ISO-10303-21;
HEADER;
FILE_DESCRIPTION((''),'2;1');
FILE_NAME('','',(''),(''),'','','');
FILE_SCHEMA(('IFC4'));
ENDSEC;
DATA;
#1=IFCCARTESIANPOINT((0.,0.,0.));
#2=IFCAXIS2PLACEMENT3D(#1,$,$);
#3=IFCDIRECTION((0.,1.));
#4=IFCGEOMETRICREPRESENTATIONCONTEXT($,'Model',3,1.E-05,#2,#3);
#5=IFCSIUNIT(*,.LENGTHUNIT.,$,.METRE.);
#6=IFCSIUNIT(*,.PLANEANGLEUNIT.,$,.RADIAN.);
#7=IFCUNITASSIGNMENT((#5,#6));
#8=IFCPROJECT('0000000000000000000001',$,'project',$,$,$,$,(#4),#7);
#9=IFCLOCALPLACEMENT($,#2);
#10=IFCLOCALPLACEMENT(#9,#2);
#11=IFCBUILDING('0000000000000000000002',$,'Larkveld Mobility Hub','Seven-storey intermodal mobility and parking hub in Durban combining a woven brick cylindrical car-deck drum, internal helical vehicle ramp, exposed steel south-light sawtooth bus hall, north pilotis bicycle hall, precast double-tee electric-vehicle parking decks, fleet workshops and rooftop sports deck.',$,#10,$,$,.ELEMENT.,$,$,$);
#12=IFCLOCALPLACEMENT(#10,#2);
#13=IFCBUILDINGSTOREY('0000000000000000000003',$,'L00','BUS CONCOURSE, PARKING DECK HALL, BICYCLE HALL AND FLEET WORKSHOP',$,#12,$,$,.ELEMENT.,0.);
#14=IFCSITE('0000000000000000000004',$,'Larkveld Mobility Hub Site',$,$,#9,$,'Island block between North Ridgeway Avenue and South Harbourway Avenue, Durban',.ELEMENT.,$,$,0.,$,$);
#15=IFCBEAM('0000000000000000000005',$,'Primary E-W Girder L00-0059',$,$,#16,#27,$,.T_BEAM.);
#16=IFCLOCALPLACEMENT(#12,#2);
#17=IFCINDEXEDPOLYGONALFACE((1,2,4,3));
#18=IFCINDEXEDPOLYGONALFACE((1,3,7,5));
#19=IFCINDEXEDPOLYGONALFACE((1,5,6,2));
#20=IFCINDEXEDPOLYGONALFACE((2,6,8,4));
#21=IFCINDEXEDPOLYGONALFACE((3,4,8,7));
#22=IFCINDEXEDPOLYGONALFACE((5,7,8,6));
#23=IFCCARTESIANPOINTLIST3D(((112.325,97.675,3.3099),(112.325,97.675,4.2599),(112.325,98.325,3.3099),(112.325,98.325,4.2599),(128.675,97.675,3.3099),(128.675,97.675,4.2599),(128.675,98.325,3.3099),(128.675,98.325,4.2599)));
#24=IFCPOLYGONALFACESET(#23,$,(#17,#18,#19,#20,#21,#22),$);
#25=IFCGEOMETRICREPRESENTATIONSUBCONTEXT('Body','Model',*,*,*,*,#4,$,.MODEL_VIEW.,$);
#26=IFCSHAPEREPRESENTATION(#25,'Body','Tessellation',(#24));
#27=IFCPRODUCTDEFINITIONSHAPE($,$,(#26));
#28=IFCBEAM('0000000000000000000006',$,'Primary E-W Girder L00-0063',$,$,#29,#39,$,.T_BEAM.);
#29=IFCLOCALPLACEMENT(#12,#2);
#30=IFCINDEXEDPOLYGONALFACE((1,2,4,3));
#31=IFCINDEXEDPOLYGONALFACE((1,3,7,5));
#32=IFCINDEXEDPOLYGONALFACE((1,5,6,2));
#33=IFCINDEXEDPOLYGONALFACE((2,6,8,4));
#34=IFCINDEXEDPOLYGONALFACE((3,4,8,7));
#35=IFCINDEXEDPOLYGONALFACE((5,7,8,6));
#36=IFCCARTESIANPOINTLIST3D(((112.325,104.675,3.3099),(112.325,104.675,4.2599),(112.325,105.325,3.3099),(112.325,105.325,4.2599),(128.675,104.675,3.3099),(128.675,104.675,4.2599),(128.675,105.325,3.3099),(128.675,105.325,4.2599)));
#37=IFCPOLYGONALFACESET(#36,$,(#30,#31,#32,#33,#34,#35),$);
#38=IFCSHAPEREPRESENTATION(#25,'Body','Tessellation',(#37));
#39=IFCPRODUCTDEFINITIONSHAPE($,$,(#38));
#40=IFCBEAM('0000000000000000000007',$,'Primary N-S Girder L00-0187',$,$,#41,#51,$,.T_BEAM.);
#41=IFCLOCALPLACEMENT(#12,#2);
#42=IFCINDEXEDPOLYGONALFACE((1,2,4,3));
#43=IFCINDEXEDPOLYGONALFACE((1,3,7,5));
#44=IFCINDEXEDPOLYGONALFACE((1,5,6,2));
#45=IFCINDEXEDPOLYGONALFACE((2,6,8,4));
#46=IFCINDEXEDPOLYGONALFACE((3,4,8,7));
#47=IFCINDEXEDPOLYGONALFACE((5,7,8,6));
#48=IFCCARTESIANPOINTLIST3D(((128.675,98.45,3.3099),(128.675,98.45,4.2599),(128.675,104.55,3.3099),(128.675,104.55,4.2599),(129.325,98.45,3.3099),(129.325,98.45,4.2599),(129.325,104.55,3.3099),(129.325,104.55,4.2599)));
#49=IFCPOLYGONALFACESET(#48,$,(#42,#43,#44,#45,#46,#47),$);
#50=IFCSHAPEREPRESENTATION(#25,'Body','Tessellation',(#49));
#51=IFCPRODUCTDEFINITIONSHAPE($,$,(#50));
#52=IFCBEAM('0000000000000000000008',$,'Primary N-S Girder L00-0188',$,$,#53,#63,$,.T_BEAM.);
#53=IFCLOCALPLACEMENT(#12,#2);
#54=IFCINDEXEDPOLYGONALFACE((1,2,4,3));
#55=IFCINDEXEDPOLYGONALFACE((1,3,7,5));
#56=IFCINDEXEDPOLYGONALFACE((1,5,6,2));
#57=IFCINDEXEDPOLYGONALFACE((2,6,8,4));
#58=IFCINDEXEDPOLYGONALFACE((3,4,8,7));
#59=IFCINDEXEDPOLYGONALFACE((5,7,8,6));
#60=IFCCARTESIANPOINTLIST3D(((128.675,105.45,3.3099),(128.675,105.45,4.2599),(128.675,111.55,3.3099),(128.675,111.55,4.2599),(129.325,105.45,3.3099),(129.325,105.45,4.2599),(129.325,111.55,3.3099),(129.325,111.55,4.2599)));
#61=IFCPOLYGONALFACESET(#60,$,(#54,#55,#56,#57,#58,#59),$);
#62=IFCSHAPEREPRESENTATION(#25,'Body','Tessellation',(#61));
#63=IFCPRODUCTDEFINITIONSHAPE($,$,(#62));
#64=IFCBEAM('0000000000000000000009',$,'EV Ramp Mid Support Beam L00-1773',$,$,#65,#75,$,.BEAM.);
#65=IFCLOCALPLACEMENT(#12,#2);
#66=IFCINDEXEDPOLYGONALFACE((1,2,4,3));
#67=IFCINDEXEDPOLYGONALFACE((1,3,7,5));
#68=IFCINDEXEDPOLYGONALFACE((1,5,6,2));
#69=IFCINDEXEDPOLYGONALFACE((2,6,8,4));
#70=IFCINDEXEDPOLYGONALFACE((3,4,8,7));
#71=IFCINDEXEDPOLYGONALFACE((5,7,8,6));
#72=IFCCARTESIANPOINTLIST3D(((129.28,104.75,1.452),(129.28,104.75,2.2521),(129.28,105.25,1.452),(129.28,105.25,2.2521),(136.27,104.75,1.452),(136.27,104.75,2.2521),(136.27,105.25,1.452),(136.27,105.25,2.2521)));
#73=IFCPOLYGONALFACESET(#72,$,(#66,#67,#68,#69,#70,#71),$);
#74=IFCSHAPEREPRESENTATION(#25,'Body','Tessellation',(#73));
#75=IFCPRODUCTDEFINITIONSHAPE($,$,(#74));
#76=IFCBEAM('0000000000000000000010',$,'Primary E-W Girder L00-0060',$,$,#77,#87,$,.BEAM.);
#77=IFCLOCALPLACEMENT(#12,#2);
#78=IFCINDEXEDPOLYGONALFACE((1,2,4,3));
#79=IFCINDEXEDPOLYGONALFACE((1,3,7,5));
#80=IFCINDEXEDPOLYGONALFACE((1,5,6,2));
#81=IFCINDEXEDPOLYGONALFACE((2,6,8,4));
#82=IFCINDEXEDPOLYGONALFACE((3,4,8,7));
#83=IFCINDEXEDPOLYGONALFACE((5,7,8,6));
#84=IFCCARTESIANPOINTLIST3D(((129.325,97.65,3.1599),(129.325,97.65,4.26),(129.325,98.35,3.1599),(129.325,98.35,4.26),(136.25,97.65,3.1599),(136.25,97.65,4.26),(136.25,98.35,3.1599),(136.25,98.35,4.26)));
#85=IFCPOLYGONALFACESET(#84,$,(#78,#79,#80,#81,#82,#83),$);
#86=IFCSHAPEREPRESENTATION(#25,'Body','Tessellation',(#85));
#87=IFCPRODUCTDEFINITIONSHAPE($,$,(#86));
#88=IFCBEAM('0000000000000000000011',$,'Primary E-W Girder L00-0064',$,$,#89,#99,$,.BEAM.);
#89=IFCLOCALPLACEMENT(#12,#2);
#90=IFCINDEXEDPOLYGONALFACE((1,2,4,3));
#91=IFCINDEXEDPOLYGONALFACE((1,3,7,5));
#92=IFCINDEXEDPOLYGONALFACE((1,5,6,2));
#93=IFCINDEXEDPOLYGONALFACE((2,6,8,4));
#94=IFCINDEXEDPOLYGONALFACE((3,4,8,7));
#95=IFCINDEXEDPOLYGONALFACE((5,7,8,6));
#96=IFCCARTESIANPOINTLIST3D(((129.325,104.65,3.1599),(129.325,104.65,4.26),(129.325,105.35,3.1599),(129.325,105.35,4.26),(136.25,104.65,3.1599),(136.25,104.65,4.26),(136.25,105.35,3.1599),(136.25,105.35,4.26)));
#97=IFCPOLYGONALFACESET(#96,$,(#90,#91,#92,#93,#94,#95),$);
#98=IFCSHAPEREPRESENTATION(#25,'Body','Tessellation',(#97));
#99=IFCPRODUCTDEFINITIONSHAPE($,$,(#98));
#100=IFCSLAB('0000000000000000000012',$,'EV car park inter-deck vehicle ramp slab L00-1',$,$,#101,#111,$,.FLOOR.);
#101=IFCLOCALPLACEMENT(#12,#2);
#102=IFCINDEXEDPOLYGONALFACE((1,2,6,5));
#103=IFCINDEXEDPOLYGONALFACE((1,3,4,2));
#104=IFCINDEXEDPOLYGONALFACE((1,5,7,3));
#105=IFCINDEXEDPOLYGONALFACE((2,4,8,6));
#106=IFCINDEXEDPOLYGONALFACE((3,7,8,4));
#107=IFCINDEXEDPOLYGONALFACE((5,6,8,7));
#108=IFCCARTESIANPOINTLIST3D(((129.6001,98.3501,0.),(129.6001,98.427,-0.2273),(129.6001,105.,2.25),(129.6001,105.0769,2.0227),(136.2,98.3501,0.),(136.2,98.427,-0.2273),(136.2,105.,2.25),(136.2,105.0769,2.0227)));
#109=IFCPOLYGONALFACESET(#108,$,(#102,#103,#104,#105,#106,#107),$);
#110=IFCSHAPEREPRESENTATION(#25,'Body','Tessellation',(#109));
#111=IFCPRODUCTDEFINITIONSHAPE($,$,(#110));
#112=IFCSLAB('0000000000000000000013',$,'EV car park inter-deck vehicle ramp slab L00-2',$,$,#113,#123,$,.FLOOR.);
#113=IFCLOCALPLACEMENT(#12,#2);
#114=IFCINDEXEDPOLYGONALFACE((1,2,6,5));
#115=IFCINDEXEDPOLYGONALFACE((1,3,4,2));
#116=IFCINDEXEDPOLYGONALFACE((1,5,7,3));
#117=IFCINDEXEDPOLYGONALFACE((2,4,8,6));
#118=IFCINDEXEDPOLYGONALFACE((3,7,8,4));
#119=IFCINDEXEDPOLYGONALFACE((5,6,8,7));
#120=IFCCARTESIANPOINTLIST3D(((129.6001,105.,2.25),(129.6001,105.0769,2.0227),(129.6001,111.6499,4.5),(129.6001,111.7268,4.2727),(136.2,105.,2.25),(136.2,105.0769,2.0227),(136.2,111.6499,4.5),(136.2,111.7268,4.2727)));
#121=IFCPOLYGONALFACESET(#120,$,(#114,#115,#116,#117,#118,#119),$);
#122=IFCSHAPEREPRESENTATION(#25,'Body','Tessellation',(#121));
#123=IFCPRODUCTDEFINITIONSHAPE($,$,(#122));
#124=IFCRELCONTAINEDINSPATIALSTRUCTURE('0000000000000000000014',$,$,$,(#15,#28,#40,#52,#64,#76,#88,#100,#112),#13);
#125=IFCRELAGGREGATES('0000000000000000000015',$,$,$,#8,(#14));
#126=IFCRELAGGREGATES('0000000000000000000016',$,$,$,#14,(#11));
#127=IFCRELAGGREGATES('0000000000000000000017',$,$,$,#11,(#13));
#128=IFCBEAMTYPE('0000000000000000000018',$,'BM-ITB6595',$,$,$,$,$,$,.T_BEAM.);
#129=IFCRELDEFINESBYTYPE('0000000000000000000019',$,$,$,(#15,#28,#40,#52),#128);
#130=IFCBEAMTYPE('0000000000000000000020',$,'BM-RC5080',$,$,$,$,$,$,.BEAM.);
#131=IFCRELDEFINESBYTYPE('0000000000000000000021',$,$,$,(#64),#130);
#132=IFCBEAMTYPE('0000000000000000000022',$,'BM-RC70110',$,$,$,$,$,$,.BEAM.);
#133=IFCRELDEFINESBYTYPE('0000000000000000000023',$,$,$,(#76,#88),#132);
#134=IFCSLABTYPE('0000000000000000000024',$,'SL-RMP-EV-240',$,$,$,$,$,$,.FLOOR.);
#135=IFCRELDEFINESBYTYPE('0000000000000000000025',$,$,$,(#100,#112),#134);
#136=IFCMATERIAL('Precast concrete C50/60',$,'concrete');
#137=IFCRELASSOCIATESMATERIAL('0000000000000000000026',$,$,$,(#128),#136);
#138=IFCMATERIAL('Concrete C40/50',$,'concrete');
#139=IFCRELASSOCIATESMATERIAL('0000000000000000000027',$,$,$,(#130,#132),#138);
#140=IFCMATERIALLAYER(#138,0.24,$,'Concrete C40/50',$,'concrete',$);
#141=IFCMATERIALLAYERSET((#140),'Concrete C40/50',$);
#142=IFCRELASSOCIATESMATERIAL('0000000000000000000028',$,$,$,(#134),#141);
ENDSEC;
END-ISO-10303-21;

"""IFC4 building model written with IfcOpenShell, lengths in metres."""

from ifc_helpers import new_model, si_unit, direction, frame, origin, origin_2d, place, context, subcontext, project, spatial, polyline, rectangle, outline, extrude, material, layer, layer_set, material_profile, profile_set, type_object, element, save


model = new_model("IFC4")

# Units and contexts
model_context = context("Model", 3, precision=1e-05, world=origin(), true_north=direction((0.0, 1.0)))
body_context = subcontext(model_context, "Body", "Model", "MODEL_VIEW")
ifc_project = project(units=[si_unit("LENGTHUNIT", "METRE"), si_unit("PLANEANGLEUNIT", "RADIAN")], contexts=[model_context])

# Site, building, storey
site_placement = place(None, origin())
site = spatial("IfcSite", under=ifc_project, at=site_placement, Name="Larkveld Mobility Hub Site", LongName="Island block between North Ridgeway Avenue and South Harbourway Avenue, Durban", CompositionType="ELEMENT", RefElevation=0.0)
building_placement = place(site_placement, origin())
building = spatial("IfcBuilding", under=site, at=building_placement, Name="Larkveld Mobility Hub", Description="Seven-storey intermodal mobility and parking hub in Durban combining a woven brick cylindrical car-deck drum, internal helical vehicle ramp, exposed steel south-light sawtooth bus hall, north pilotis bicycle hall, precast double-tee electric-vehicle parking decks, fleet workshops and rooftop sports deck.", CompositionType="ELEMENT")
storey_placement = place(building_placement, origin())
storey = spatial("IfcBuildingStorey", under=building, at=storey_placement, Name="L00", Description="BUS CONCOURSE, PARKING DECK HALL, BICYCLE HALL AND FLEET WORKSHOP", CompositionType="ELEMENT", Elevation=0.0)

# Shared definitions
ifc_material_1 = material(Name="Precast concrete C50/60", Category="concrete")

# Beams
ifc_material_profile_1 = material_profile(ifc_material_1, rectangle(XDim=0.6499, YDim=0.95, at=origin_2d()), Name="PC ITB 650x950")
ifc_profile_set_1 = profile_set([ifc_material_profile_1], Name="Precast concrete C50/60")
beam_type_1 = type_object("IfcBeamType", Name="BM-ITB6595", PredefinedType="T_BEAM", material=ifc_profile_set_1)
for number, where, z_axis, x_axis, name in (
    (1, (112.325, 98.0, 3.7849), (1.0, 0.0, 0.0), (0.0, 1.0, 0.0), "Primary E-W Girder L00-0059"),
    (2, (112.325, 105.0, 3.7849), (1.0, 0.0, 0.0), (0.0, 1.0, 0.0), "Primary E-W Girder L00-0063"),
):
    element("IfcBeam", number, at=place(storey_placement, frame(where, z_axis=z_axis, x_axis=x_axis)), inside=storey, type_object=beam_type_1, Name=name, PredefinedType="T_BEAM", context=body_context, shape_type="SweptSolid", body=[
        extrude(rectangle(XDim=0.6499, YDim=0.95, at=origin_2d()), origin(), (0.0, 0.0, 1.0), 16.3501),
    ])
for number, where, z_axis, x_axis, name in (
    (3, (129.0, 98.45, 3.7849), (0.0, 1.0, 0.0), (-1.0, 0.0, 0.0), "Primary N-S Girder L00-0187"),
    (4, (129.0, 105.45, 3.7849), (0.0, 1.0, 0.0), (-1.0, 0.0, 0.0), "Primary N-S Girder L00-0188"),
):
    element("IfcBeam", number, at=place(storey_placement, frame(where, z_axis=z_axis, x_axis=x_axis)), inside=storey, type_object=beam_type_1, Name=name, PredefinedType="T_BEAM", context=body_context, shape_type="SweptSolid", body=[
        extrude(rectangle(XDim=0.6499, YDim=0.95, at=origin_2d()), origin(), (0.0, 0.0, 1.0), 6.1001),
    ])
ifc_material_2 = material(Name="Concrete C40/50", Category="concrete")
ifc_material_profile_2 = material_profile(ifc_material_2, rectangle(XDim=0.5, YDim=0.8, at=origin_2d()), Name="RC BM 500x800")
ifc_profile_set_2 = profile_set([ifc_material_profile_2], Name="Concrete C40/50")
beam_type_2 = type_object("IfcBeamType", Name="BM-RC5080", PredefinedType="BEAM", material=ifc_profile_set_2)
beam_1_placement = place(storey_placement, frame((129.28, 105.0, 1.8521), z_axis=(1.0, 0.0, 0.0), x_axis=(0.0, 1.0, 0.0)))
element("IfcBeam", 5, at=beam_1_placement, inside=storey, type_object=beam_type_2, Name="EV Ramp Mid Support Beam L00-1773", PredefinedType="BEAM", context=body_context, shape_type="SweptSolid", body=[
    extrude(rectangle(XDim=0.5, YDim=0.8, at=origin_2d()), origin(), (0.0, 0.0, 1.0), 6.99),
])
ifc_material_profile_3 = material_profile(ifc_material_2, rectangle(XDim=0.7, YDim=1.1001, at=origin_2d()), Name="RC BM 700x1100")
ifc_profile_set_3 = profile_set([ifc_material_profile_3], Name="Concrete C40/50")
beam_type_3 = type_object("IfcBeamType", Name="BM-RC70110", PredefinedType="BEAM", material=ifc_profile_set_3)
for number, where, z_axis, x_axis, name in (
    (6, (129.325, 98.0, 3.71), (1.0, 0.0, 0.0), (0.0, 1.0, 0.0), "Primary E-W Girder L00-0060"),
    (7, (129.325, 105.0, 3.71), (1.0, 0.0, 0.0), (0.0, 1.0, 0.0), "Primary E-W Girder L00-0064"),
):
    element("IfcBeam", number, at=place(storey_placement, frame(where, z_axis=z_axis, x_axis=x_axis)), inside=storey, type_object=beam_type_3, Name=name, PredefinedType="BEAM", context=body_context, shape_type="SweptSolid", body=[
        extrude(rectangle(XDim=0.7, YDim=1.1001, at=origin_2d()), origin(), (0.0, 0.0, 1.0), 6.925),
    ])

# Slabs
ifc_layer = layer(ifc_material_2, 0.24, Name="Concrete C40/50", Category="concrete")
ifc_layer_set = layer_set([ifc_layer], Name="Concrete C40/50")
slab_type = type_object("IfcSlabType", Name="SL-RMP-EV-240", PredefinedType="FLOOR", material=ifc_layer_set)
for number, where, z_axis, x_axis, name in (
    (8, (129.6001, 98.3501, 0.0), (0.0, -0.320502, 0.947248), (1.0, 0.0, 0.0), "EV car park inter-deck vehicle ramp slab L00-1"),
    (9, (129.6001, 105.0, 2.25), (0.0, -0.320502, 0.947248), (1.0, 0.0, 0.0), "EV car park inter-deck vehicle ramp slab L00-2"),
):
    element("IfcSlab", number, at=place(storey_placement, frame(where, z_axis=z_axis, x_axis=x_axis)), inside=storey, type_object=slab_type, Name=name, PredefinedType="FLOOR", context=body_context, shape_type="SweptSolid", body=[
        extrude(outline(polyline([(0.0, 0.0), (6.5999, 0.0), (6.5999, 7.0202), (0.0, 7.0202), (0.0, 0.0)])), origin(), (0.0, 0.0, -1.0), 0.24),
    ])

save(model, "model.ifc")
